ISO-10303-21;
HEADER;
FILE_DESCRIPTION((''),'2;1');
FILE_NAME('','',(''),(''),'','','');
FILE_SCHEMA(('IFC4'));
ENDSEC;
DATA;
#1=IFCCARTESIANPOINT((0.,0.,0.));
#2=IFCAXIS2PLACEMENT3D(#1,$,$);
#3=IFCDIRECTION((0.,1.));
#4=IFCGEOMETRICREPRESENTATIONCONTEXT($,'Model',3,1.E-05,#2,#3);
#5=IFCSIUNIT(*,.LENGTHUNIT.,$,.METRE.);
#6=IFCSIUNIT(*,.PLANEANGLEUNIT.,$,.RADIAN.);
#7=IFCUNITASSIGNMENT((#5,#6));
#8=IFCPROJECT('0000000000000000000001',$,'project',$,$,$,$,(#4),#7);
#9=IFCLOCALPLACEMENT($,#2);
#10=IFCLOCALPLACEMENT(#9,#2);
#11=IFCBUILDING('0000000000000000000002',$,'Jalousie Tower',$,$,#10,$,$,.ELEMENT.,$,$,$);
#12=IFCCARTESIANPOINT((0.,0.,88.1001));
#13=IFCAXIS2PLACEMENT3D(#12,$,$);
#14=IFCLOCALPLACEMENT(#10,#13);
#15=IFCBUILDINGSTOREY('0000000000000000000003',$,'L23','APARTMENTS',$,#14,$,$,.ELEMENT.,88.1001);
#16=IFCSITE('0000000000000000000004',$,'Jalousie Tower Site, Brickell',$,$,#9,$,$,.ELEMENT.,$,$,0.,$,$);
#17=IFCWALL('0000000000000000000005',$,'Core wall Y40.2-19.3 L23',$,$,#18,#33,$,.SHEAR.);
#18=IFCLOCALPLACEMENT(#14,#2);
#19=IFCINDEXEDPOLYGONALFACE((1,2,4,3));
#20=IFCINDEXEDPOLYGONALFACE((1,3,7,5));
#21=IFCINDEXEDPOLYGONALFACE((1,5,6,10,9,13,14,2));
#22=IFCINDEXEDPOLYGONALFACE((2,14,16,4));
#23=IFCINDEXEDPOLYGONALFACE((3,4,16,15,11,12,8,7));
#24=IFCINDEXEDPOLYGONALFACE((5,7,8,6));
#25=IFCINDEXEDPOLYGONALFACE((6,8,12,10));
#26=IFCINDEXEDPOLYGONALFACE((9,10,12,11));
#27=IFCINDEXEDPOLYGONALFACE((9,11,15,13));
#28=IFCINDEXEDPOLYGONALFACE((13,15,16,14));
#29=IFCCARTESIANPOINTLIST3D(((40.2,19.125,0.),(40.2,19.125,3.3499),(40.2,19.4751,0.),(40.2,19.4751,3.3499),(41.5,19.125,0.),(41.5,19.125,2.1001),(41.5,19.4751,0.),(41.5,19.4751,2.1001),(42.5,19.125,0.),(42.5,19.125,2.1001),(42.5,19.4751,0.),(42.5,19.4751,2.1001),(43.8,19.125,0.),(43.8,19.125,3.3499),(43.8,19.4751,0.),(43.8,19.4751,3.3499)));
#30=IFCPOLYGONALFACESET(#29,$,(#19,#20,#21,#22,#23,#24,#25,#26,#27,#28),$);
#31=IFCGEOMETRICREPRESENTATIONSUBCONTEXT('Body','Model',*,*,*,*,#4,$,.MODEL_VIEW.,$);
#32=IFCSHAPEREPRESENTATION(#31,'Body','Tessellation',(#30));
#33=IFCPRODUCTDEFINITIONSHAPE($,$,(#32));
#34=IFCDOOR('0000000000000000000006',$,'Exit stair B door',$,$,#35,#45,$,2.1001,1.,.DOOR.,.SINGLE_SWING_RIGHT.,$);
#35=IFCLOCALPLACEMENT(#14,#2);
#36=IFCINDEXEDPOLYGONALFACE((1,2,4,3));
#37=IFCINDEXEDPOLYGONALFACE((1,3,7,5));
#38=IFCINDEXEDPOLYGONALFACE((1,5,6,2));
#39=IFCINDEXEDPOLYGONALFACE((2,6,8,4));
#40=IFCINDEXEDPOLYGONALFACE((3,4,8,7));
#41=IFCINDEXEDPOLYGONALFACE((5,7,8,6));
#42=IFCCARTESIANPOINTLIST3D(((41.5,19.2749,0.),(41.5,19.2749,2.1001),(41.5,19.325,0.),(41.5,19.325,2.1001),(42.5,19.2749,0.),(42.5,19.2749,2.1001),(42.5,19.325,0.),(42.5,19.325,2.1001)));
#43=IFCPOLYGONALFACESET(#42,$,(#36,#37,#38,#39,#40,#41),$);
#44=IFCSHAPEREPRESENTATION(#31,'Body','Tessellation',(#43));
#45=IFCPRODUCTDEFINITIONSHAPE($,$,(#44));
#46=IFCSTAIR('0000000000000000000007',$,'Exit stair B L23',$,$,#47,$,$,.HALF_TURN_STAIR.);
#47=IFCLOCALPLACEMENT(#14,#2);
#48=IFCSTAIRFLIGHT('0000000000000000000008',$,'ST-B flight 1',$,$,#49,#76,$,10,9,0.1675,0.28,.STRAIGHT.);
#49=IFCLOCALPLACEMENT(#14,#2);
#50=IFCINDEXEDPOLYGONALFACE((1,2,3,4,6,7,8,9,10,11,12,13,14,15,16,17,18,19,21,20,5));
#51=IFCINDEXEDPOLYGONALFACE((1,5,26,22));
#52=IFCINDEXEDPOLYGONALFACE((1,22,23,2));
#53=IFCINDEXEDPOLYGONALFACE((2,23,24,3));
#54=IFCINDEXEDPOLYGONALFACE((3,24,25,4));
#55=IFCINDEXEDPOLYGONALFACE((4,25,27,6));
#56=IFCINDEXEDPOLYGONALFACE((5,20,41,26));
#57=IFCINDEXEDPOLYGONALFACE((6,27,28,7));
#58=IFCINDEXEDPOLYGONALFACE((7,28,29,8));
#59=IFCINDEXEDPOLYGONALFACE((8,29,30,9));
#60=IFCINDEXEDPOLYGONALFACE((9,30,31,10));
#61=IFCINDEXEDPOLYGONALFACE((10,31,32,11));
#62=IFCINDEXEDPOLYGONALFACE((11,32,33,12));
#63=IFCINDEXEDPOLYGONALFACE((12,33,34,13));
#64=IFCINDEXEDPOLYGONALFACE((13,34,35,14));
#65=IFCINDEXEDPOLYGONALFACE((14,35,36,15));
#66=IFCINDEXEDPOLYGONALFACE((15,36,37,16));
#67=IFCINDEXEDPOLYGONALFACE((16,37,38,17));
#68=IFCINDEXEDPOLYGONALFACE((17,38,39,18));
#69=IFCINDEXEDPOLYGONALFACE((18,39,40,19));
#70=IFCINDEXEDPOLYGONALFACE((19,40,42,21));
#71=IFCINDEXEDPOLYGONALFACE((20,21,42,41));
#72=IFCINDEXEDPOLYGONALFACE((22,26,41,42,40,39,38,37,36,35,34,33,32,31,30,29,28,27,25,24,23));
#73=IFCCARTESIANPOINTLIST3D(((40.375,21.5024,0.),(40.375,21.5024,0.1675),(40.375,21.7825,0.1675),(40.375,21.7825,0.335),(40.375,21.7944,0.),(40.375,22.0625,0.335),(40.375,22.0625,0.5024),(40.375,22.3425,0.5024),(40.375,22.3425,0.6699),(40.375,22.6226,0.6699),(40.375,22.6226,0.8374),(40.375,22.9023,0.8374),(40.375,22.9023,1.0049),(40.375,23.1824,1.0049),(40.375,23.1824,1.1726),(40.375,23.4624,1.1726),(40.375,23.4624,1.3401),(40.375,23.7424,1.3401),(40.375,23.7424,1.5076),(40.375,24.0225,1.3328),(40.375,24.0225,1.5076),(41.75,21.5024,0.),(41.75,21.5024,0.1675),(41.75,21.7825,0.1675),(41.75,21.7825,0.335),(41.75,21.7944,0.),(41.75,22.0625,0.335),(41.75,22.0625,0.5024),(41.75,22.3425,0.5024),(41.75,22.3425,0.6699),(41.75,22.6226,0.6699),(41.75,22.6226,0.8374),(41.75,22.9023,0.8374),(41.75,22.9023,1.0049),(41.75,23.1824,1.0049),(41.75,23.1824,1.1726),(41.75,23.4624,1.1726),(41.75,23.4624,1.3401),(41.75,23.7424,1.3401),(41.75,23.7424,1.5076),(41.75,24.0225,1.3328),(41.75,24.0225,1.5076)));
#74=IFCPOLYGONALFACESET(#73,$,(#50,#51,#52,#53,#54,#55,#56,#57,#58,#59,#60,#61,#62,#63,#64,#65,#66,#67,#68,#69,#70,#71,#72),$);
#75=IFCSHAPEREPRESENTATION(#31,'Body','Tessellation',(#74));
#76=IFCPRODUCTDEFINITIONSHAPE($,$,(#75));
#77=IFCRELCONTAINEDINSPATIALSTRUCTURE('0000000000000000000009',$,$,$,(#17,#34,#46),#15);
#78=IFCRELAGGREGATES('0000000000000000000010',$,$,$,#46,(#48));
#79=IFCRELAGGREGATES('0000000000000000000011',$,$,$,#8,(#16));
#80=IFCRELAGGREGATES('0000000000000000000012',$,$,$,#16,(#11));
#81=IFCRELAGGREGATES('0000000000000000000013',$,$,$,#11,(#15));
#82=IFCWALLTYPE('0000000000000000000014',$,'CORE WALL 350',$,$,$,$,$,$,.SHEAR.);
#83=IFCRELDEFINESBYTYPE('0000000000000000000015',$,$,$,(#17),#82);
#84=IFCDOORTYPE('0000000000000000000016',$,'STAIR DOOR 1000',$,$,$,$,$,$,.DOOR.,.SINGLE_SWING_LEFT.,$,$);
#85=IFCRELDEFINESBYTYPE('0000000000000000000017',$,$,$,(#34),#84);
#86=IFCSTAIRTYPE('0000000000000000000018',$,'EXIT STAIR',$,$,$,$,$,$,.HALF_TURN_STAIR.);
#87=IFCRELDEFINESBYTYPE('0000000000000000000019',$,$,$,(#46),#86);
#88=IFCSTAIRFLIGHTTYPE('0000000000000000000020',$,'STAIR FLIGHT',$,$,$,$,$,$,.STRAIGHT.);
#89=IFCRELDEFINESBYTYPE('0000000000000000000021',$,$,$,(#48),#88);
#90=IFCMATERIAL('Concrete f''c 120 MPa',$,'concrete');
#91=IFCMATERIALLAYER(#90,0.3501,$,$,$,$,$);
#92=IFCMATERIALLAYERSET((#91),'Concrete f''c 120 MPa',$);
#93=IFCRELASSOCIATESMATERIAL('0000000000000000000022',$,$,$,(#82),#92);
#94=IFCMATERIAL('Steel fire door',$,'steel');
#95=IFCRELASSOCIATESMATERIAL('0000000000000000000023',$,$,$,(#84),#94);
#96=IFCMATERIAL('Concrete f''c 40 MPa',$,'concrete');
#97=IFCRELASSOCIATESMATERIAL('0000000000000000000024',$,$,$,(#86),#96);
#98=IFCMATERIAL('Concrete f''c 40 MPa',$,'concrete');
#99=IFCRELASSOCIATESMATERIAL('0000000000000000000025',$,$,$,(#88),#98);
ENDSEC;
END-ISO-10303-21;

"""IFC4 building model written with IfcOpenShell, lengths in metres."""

from ifc_helpers import new_model, si_unit, direction, frame, frame_2d, origin, place, context, subcontext, project, spatial, polyline, rectangle, outline, extrude, material, layer, layer_set, type_object, element, fill, aggregate, save


model = new_model("IFC4")

# Units and contexts
model_context = context("Model", 3, precision=1e-05, world=origin(), true_north=direction((0.0, 1.0)))
body_context = subcontext(model_context, "Body", "Model", "MODEL_VIEW")
ifc_project = project(units=[si_unit("LENGTHUNIT", "METRE"), si_unit("PLANEANGLEUNIT", "RADIAN")], contexts=[model_context])

# Site, building, storey
site_placement = place(None, origin())
site = spatial("IfcSite", under=ifc_project, at=site_placement, Name="Jalousie Tower Site, Brickell", CompositionType="ELEMENT", RefElevation=0.0)
building_placement = place(site_placement, origin())
building = spatial("IfcBuilding", under=site, at=building_placement, Name="Jalousie Tower", CompositionType="ELEMENT")
storey_placement = place(building_placement, frame((0.0, 0.0, 88.1001)))
storey = spatial("IfcBuildingStorey", under=building, at=storey_placement, Name="L23", Description="APARTMENTS", CompositionType="ELEMENT", Elevation=88.1001)

# Shared definitions
ifc_material_1 = material(Name="Concrete f'c 120 MPa", Category="concrete")
ifc_layer_1 = layer(ifc_material_1, 0.3501)
ifc_layer_set_1 = layer_set([ifc_layer_1], Name="Concrete f'c 120 MPa")
wall_type_1 = type_object("IfcWallType", Name="CORE WALL 350", PredefinedType="SHEAR", material=ifc_layer_set_1)

# Wall, opening, door
wall_1_placement = place(storey_placement, frame((40.2, 19.3, 0.0), z_axis=(0.0, 0.0, 1.0), x_axis=(1.0, 0.0, 0.0)))
wall_1 = element("IfcWall", 1, at=wall_1_placement, inside=storey, type_object=wall_type_1, Name="Core wall Y40.2-19.3 L23", PredefinedType="SHEAR", context=body_context, shape_type="SweptSolid", body=[
    extrude(rectangle(XDim=3.6001, YDim=0.3501, at=frame_2d((1.8, 0.0))), origin(), (0.0, 0.0, 1.0), 3.3499),
])
opening_1_placement = place(wall_1_placement, frame((1.3, 0.0, 0.0)))
opening_1 = element("IfcOpeningElement", 2, at=opening_1_placement, cuts=wall_1, PredefinedType="OPENING", context=body_context, shape_type="SweptSolid", body=[
    extrude(rectangle(XDim=1.0, YDim=2.1001, at=frame_2d((0.5, 1.05))), frame((0.0, 0.1851, 0.0), z_axis=(0.0, -1.0, 0.0), x_axis=(1.0, 0.0, 0.0)), (0.0, 0.0, 1.0), 0.3701),
])
ifc_material_2 = material(Name="Steel fire door", Category="steel")
door_type_1 = type_object("IfcDoorType", Name="STAIR DOOR 1000", OperationType="SINGLE_SWING_LEFT", PredefinedType="DOOR", material=ifc_material_2)
door_1_placement = place(opening_1_placement, origin())
door_1 = element("IfcDoor", 3, at=door_1_placement, inside=storey, type_object=door_type_1, Name="Exit stair B door", OperationType="SINGLE_SWING_RIGHT", OverallHeight=2.1001, OverallWidth=1.0, PredefinedType="DOOR", context=body_context, shape_type="SweptSolid", body=[
    extrude(rectangle(XDim=1.0, YDim=2.1001, at=frame_2d((0.5, 1.05))), frame((0.0, 0.0249, 0.0), z_axis=(0.0, -1.0, 0.0), x_axis=(1.0, 0.0, 0.0)), (0.0, 0.0, 1.0), 0.05),
])
fill(opening_1, door_1)

# Stair, stair flight
ifc_material_3 = material(Name="Concrete f'c 40 MPa", Category="concrete")
stair_type = type_object("IfcStairType", Name="EXIT STAIR", PredefinedType="HALF_TURN_STAIR", material=ifc_material_3)
stair_placement = place(storey_placement, origin())
stair = element("IfcStair", 4, at=stair_placement, inside=storey, type_object=stair_type, Name="Exit stair B L23", PredefinedType="HALF_TURN_STAIR")
ifc_material_4 = material(Name="Concrete f'c 40 MPa", Category="concrete")
stair_flight_type = type_object("IfcStairFlightType", Name="STAIR FLIGHT", PredefinedType="STRAIGHT", material=ifc_material_4)
stair_flight_placement = place(storey_placement, frame((41.0625, 21.5024, 0.0), z_axis=(0.0, 0.0, 1.0), x_axis=(0.0, 1.0, 0.0)))
stair_flight = element("IfcStairFlight", 5, at=stair_flight_placement, type_object=stair_flight_type, Name="ST-B flight 1", NumberOfRisers=10, NumberOfTreads=9, PredefinedType="STRAIGHT", RiserHeight=0.1675, TreadLength=0.28, context=body_context, shape_type="SweptSolid", body=[
    extrude(outline(polyline([(0.0, 0.0), (0.0, 0.1675), (0.28, 0.1675), (0.28, 0.335), (0.5601, 0.335), (0.5601, 0.5024), (0.8401, 0.5024), (0.8401, 0.6699), (1.1201, 0.6699), (1.1201, 0.8374), (1.3999, 0.8374), (1.3999, 1.0049), (1.6799, 1.0049), (1.6799, 1.1726), (1.96, 1.1726), (1.96, 1.3401), (2.24, 1.3401), (2.24, 1.5076), (2.52, 1.5076), (2.52, 1.675), (2.52, 1.3328), (0.292, 0.0), (0.0, 0.0)])), frame((0.0, 0.6875, 0.0), z_axis=(0.0, -1.0, 0.0), x_axis=(1.0, 0.0, 0.0)), (0.0, 0.0, 1.0), 1.375),
])
aggregate(stair, [stair_flight])

save(model, "model.ifc")
